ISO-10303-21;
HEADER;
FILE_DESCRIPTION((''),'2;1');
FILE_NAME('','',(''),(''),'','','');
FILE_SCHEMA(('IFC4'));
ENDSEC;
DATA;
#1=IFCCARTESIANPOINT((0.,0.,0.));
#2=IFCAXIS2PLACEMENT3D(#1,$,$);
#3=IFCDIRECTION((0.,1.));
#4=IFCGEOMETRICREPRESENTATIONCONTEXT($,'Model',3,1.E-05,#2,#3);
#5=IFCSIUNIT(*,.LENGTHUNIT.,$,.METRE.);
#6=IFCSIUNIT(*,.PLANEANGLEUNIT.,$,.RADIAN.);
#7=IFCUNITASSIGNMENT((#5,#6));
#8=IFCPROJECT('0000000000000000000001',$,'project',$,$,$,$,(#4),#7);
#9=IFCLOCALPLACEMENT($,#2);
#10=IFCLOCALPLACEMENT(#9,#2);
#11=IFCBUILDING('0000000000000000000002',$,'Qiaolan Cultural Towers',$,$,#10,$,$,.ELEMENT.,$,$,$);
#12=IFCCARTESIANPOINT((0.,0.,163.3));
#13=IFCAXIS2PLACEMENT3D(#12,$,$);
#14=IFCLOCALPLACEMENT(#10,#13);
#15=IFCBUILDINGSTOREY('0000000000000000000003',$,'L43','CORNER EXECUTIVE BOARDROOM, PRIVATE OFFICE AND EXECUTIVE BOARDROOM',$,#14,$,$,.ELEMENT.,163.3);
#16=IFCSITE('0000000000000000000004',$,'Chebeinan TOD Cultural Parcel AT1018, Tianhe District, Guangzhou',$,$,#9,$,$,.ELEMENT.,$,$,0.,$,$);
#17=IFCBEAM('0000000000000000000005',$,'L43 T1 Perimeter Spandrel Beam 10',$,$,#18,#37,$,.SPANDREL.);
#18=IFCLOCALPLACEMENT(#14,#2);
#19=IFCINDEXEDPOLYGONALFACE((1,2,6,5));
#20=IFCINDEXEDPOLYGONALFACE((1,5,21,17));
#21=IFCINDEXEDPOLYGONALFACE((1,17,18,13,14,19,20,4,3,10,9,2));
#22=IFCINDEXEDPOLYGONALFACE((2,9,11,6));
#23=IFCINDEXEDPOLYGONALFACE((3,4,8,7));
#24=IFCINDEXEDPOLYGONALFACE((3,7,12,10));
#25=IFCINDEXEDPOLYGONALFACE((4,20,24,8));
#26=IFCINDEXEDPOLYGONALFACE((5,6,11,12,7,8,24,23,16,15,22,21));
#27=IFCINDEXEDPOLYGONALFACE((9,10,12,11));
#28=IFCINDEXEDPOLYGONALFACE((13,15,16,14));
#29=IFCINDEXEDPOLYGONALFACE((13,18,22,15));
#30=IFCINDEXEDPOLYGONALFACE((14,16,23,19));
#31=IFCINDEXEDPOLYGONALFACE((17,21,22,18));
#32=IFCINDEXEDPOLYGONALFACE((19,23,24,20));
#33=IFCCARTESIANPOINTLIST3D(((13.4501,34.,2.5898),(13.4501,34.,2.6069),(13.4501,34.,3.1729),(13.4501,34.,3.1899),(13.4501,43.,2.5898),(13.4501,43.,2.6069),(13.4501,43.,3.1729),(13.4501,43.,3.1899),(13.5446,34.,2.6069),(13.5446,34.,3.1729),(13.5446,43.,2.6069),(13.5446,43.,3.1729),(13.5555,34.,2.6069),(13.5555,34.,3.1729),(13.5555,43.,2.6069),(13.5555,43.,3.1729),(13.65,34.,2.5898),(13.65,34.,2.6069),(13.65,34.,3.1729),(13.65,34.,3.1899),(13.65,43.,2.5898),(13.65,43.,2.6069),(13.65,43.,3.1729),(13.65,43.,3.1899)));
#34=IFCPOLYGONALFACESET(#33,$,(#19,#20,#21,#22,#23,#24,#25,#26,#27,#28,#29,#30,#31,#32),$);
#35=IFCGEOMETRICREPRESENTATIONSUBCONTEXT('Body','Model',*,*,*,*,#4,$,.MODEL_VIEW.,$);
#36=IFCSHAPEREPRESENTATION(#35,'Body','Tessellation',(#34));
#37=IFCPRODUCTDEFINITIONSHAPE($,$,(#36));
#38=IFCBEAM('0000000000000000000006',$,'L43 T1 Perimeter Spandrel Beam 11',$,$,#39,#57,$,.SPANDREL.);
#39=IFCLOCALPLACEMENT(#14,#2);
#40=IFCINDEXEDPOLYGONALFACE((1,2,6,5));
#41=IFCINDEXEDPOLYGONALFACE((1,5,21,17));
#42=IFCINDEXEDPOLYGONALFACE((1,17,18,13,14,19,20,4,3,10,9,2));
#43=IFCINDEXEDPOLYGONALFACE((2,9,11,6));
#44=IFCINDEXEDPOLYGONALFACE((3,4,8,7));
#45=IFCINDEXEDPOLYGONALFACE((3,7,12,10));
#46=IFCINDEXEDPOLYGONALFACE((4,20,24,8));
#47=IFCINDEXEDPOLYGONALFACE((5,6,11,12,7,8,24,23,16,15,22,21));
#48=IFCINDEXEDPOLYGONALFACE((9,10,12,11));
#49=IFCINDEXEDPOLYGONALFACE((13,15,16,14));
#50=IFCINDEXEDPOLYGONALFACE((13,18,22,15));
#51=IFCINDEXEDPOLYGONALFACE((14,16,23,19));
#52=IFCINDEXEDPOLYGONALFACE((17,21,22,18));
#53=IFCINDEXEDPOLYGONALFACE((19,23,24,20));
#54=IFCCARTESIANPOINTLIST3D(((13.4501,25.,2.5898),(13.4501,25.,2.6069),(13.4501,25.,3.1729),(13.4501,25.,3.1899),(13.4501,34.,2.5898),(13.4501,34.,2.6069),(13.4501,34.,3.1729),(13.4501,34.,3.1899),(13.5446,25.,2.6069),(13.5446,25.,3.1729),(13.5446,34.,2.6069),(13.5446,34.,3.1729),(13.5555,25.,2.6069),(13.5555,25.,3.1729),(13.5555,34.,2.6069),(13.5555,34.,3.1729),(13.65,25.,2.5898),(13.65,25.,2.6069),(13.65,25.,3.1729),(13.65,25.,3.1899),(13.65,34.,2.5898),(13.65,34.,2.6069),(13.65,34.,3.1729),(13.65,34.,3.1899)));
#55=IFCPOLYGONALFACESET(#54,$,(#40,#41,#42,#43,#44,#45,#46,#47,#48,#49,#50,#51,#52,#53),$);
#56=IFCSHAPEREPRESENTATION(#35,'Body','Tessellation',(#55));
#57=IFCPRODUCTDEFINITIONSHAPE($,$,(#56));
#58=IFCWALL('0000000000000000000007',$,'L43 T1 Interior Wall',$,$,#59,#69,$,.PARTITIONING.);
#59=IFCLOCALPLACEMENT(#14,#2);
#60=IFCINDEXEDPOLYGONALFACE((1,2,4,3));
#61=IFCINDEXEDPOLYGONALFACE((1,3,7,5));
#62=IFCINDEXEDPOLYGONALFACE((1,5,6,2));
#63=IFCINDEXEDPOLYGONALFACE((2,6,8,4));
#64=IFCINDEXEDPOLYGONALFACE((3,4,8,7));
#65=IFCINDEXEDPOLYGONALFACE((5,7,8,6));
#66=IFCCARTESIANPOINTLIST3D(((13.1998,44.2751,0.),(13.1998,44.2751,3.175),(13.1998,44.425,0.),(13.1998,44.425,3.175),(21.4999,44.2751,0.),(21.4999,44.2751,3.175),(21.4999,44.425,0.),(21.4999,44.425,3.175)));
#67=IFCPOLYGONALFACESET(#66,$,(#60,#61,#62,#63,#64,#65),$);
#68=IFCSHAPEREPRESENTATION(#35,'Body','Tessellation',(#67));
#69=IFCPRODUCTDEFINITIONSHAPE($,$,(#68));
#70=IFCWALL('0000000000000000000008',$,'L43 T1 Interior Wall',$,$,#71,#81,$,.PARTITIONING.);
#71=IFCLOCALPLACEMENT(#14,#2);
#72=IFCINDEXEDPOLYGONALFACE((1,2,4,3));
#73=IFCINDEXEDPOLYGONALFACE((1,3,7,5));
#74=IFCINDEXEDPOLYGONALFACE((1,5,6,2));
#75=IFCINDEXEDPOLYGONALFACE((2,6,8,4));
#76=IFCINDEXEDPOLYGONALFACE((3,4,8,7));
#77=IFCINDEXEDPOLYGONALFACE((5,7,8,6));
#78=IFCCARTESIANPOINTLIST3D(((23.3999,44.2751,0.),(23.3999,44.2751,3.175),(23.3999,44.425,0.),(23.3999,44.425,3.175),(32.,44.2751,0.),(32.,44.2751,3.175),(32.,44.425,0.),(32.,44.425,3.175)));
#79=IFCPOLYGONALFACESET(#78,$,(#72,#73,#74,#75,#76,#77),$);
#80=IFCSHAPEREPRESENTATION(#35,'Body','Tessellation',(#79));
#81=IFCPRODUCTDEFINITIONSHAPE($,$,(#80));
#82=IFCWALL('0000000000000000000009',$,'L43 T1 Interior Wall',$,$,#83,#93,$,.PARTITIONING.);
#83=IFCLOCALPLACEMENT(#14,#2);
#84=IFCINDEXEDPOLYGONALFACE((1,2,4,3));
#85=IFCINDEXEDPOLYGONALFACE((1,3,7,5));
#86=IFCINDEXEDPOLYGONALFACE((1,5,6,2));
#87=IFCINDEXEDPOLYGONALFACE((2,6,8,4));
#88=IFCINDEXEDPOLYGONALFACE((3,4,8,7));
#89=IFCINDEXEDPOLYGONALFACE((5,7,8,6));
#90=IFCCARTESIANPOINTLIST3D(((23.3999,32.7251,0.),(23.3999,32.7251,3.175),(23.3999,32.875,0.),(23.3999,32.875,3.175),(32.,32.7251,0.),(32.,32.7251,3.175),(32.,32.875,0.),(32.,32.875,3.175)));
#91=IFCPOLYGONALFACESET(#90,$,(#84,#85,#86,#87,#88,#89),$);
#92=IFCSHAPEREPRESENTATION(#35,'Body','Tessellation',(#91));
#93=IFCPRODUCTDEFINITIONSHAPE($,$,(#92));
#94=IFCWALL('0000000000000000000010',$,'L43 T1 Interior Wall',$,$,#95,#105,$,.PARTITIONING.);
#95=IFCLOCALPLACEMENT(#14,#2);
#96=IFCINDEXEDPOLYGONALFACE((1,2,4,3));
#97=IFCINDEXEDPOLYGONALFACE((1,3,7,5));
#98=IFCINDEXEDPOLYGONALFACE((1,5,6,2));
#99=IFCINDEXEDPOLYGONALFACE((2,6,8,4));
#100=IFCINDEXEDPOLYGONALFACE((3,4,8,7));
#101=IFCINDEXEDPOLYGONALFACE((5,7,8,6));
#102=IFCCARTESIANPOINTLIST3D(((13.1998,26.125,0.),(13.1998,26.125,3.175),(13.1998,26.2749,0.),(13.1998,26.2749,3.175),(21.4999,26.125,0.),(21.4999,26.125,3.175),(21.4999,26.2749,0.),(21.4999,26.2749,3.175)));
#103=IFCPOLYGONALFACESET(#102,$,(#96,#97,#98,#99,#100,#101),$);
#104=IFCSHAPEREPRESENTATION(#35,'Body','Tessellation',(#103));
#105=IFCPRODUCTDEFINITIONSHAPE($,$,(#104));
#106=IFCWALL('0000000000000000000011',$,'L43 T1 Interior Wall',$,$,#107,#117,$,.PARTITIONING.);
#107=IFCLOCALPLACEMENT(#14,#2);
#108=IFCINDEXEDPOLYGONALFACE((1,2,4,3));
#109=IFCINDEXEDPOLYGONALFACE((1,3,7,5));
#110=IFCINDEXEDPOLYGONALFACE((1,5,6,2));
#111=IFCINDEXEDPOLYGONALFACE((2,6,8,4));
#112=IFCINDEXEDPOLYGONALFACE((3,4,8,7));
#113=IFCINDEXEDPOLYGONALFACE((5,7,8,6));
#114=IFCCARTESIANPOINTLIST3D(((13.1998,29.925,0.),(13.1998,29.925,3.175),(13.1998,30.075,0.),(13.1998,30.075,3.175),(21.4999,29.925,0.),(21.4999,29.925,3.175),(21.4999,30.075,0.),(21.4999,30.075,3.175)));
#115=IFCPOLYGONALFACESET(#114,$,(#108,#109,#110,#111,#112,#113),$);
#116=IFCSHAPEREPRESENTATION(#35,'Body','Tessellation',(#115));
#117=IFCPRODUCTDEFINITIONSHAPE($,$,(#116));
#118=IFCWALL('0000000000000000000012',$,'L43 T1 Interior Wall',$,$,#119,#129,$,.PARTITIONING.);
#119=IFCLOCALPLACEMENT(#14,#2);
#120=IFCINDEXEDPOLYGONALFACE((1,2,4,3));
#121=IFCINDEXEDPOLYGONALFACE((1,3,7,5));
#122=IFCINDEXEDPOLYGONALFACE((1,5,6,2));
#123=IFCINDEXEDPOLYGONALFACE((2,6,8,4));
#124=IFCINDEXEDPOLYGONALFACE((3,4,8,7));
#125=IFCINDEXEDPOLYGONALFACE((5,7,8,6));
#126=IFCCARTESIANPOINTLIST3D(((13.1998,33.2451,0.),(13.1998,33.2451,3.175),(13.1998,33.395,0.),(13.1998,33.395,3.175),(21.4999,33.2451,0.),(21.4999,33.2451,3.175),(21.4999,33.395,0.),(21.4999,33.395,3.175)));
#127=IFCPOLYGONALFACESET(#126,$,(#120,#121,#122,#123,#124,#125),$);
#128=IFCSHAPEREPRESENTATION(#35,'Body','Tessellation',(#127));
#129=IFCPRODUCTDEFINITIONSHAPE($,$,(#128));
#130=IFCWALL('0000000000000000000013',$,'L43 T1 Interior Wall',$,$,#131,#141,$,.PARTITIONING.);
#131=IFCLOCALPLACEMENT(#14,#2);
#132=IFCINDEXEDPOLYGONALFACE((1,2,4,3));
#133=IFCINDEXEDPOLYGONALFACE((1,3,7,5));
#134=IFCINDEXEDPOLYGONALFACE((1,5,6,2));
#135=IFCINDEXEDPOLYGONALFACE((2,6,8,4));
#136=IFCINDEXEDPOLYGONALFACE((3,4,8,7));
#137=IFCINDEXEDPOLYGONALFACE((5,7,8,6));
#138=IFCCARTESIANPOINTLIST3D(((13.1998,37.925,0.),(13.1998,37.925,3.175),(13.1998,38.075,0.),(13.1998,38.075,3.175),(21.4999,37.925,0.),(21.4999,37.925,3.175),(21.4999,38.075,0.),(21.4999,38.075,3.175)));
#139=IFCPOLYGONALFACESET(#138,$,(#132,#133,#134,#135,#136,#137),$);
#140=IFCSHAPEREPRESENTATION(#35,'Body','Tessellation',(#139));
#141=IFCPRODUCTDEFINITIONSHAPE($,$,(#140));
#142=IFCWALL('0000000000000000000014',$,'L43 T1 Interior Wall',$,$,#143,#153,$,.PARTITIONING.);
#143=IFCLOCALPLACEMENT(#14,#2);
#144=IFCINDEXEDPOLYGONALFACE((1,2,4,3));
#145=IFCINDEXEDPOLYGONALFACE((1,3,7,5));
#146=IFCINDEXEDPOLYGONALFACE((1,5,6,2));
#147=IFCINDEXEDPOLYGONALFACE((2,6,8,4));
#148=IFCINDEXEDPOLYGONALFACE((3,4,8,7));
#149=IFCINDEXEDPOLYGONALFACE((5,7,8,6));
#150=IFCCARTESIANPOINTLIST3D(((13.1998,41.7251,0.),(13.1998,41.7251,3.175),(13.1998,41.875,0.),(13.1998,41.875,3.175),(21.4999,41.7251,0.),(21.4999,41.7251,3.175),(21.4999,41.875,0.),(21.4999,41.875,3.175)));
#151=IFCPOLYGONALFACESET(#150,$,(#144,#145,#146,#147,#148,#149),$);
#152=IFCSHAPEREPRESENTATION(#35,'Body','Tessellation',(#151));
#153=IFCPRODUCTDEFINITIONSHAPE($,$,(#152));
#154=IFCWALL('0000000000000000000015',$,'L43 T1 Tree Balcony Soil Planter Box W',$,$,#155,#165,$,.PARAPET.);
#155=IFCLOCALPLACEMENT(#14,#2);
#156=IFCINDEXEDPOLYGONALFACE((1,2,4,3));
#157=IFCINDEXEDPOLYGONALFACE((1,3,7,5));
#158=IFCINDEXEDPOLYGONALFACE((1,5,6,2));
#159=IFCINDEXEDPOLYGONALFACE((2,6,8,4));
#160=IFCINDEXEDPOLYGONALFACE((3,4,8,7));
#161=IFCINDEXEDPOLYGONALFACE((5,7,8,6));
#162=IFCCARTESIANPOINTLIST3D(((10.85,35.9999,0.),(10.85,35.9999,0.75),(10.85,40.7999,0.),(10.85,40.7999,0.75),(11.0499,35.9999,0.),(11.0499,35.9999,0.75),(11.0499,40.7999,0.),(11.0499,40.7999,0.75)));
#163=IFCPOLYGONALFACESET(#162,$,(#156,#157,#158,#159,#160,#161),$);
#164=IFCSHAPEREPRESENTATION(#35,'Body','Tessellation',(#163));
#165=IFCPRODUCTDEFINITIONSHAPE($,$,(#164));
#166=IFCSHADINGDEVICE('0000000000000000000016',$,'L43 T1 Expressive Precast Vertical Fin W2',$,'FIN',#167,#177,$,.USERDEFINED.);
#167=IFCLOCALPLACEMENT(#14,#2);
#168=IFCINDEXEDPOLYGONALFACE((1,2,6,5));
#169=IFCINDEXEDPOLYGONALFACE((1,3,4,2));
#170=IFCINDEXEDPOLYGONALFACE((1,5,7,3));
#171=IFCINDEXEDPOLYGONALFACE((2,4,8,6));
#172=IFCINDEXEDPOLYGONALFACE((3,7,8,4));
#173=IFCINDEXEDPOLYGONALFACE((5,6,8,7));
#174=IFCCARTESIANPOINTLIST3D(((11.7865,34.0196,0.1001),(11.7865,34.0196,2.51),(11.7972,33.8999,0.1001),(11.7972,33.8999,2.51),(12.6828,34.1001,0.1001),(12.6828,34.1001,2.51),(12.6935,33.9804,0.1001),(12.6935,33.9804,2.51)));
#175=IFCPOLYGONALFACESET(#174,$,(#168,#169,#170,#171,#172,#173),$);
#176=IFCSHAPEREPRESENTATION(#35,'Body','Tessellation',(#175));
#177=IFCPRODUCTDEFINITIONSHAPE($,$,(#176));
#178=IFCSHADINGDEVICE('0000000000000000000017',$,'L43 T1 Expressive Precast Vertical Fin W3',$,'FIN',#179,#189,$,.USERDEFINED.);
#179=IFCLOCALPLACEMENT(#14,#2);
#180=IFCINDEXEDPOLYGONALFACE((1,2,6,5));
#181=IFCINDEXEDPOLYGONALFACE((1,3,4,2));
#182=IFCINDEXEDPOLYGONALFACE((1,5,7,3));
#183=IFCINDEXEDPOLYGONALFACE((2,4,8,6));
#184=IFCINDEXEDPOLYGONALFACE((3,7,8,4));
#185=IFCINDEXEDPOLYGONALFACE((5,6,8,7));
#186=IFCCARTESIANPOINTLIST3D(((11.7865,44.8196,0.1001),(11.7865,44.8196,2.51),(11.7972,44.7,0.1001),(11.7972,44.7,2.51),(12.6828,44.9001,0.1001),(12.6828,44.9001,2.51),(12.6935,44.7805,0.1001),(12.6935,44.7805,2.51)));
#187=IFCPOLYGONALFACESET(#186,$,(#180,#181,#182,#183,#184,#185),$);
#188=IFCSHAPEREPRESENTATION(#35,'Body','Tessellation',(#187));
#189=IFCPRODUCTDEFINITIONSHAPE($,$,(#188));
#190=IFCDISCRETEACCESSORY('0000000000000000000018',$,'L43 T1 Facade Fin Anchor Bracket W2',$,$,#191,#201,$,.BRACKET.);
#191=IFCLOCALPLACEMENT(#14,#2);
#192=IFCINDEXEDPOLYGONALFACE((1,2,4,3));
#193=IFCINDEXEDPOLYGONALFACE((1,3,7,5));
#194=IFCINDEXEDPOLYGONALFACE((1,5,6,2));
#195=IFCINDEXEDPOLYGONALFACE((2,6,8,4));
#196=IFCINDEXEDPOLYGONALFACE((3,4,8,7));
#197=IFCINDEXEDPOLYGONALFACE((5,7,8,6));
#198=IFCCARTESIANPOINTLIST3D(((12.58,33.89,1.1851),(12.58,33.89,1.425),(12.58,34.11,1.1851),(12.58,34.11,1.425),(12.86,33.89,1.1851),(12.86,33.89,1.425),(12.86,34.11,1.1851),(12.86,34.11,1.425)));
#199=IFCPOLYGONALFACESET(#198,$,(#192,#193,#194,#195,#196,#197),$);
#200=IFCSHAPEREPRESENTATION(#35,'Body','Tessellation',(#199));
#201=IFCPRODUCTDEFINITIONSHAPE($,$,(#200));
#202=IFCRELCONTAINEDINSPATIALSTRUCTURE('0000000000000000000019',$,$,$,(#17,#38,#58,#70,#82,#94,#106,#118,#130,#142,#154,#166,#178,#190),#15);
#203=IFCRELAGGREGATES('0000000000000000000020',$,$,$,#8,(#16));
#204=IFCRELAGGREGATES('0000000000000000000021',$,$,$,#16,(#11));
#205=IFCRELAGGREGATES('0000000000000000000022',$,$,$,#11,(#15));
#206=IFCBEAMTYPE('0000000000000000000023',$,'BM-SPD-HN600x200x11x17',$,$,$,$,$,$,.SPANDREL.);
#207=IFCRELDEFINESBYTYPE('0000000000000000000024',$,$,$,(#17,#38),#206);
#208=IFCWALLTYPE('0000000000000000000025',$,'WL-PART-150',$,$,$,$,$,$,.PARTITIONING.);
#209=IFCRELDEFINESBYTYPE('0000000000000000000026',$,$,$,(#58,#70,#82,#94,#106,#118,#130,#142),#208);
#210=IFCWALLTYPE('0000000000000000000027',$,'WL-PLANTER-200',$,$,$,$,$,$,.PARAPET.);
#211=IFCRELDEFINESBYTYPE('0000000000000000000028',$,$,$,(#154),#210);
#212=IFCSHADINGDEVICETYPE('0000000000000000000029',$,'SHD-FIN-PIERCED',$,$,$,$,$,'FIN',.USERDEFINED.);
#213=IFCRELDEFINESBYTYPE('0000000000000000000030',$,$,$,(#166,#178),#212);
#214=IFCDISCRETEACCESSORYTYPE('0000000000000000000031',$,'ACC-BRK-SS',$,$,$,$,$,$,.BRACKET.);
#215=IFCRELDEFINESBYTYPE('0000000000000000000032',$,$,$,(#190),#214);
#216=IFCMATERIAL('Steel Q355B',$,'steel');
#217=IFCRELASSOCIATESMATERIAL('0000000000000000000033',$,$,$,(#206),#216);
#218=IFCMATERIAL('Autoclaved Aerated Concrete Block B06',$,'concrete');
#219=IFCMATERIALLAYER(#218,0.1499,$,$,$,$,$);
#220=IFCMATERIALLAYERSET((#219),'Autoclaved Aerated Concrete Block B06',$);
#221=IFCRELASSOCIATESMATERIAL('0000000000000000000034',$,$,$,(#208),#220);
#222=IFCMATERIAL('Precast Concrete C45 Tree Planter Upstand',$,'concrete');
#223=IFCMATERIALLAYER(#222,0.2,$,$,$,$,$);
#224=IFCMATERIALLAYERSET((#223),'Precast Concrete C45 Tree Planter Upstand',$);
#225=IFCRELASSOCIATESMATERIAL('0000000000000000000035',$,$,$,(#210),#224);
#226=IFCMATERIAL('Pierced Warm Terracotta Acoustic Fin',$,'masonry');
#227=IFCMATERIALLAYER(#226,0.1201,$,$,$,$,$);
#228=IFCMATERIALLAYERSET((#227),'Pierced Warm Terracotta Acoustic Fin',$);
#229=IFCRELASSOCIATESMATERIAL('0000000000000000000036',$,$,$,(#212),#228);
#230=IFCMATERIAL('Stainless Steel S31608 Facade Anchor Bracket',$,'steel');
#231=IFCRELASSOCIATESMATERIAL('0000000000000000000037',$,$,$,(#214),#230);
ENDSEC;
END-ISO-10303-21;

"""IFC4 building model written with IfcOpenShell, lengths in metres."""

from ifc_helpers import new_model, si_unit, direction, frame, frame_2d, origin, origin_2d, place, context, subcontext, project, spatial, rectangle, i_section, extrude, material, layer, layer_set, material_profile, profile_set, type_object, element, save


model = new_model("IFC4")

# Units and contexts
model_context = context("Model", 3, precision=1e-05, world=origin(), true_north=direction((0.0, 1.0)))
body_context = subcontext(model_context, "Body", "Model", "MODEL_VIEW")
ifc_project = project(units=[si_unit("LENGTHUNIT", "METRE"), si_unit("PLANEANGLEUNIT", "RADIAN")], contexts=[model_context])

# Site, building, storey
site_placement = place(None, origin())
site = spatial("IfcSite", under=ifc_project, at=site_placement, Name="Chebeinan TOD Cultural Parcel AT1018, Tianhe District, Guangzhou", CompositionType="ELEMENT", RefElevation=0.0)
building_placement = place(site_placement, origin())
building = spatial("IfcBuilding", under=site, at=building_placement, Name="Qiaolan Cultural Towers", CompositionType="ELEMENT")
storey_placement = place(building_placement, frame((0.0, 0.0, 163.3)))
storey = spatial("IfcBuildingStorey", under=building, at=storey_placement, Name="L43", Description="CORNER EXECUTIVE BOARDROOM, PRIVATE OFFICE AND EXECUTIVE BOARDROOM", CompositionType="ELEMENT", Elevation=163.3)

# Beams
ifc_material_1 = material(Name="Steel Q355B", Category="steel")
ifc_material_profile_1 = material_profile(ifc_material_1, i_section(OverallWidth=0.2, OverallDepth=0.6001, WebThickness=0.011, FlangeThickness=0.0171, at=origin_2d()), Name="HN600x200x11x17")
ifc_profile_set_1 = profile_set([ifc_material_profile_1], Name="Steel Q355B")
beam_type_1 = type_object("IfcBeamType", Name="BM-SPD-HN600x200x11x17", PredefinedType="SPANDREL", material=ifc_profile_set_1)
for number, where, z_axis, x_axis, name in (
    (1, (13.55, 43.0, 2.8899), (0.0, -1.0, 0.0), (1.0, 0.0, 0.0), "L43 T1 Perimeter Spandrel Beam 10"),
    (2, (13.55, 34.0, 2.8899), (0.0, -1.0, 0.0), (1.0, 0.0, 0.0), "L43 T1 Perimeter Spandrel Beam 11"),
):
    element("IfcBeam", number, at=place(storey_placement, frame(where, z_axis=z_axis, x_axis=x_axis)), inside=storey, type_object=beam_type_1, Name=name, PredefinedType="SPANDREL", context=body_context, shape_type="SweptSolid", body=[
        extrude(i_section(OverallWidth=0.2, OverallDepth=0.6001, WebThickness=0.011, FlangeThickness=0.0171, at=origin_2d()), origin(), (0.0, 0.0, 1.0), 9.0),
    ])

# Walls
ifc_material_2 = material(Name="Autoclaved Aerated Concrete Block B06", Category="concrete")
ifc_layer_1 = layer(ifc_material_2, 0.1499)
ifc_layer_set_1 = layer_set([ifc_layer_1], Name="Autoclaved Aerated Concrete Block B06")
wall_type_1 = type_object("IfcWallType", Name="WL-PART-150", PredefinedType="PARTITIONING", material=ifc_layer_set_1)
wall_1_placement = place(storey_placement, frame((13.2, 44.3501, 0.0), z_axis=(0.0, 0.0, 1.0), x_axis=(1.0, 0.0, 0.0)))
element("IfcWall", 3, at=wall_1_placement, inside=storey, type_object=wall_type_1, Name="L43 T1 Interior Wall", PredefinedType="PARTITIONING", context=body_context, shape_type="SweptSolid", body=[
    extrude(rectangle(XDim=8.3, YDim=0.1499, at=frame_2d((4.1499, 0.0))), origin(), (0.0, 0.0, 1.0), 3.175),
])
for number, where, z_axis, x_axis, name in (
    (4, (23.3999, 44.3501, 0.0), (0.0, 0.0, 1.0), (1.0, 0.0, 0.0), "L43 T1 Interior Wall"),
    (5, (23.3999, 32.8, 0.0), (0.0, 0.0, 1.0), (1.0, 0.0, 0.0), "L43 T1 Interior Wall"),
):
    element("IfcWall", number, at=place(storey_placement, frame(where, z_axis=z_axis, x_axis=x_axis)), inside=storey, type_object=wall_type_1, Name=name, PredefinedType="PARTITIONING", context=body_context, shape_type="SweptSolid", body=[
        extrude(rectangle(XDim=8.6001, YDim=0.1499, at=frame_2d((4.3, 0.0))), origin(), (0.0, 0.0, 1.0), 3.175),
    ])
for number, where, z_axis, x_axis, name in (
    (6, (13.2, 26.2, 0.0), (0.0, 0.0, 1.0), (1.0, 0.0, 0.0), "L43 T1 Interior Wall"),
    (7, (13.2, 30.0, 0.0), (0.0, 0.0, 1.0), (1.0, 0.0, 0.0), "L43 T1 Interior Wall"),
    (8, (13.2, 33.3201, 0.0), (0.0, 0.0, 1.0), (1.0, 0.0, 0.0), "L43 T1 Interior Wall"),
    (9, (13.2, 38.0, 0.0), (0.0, 0.0, 1.0), (1.0, 0.0, 0.0), "L43 T1 Interior Wall"),
    (10, (13.2, 41.8, 0.0), (0.0, 0.0, 1.0), (1.0, 0.0, 0.0), "L43 T1 Interior Wall"),
):
    element("IfcWall", number, at=place(storey_placement, frame(where, z_axis=z_axis, x_axis=x_axis)), inside=storey, type_object=wall_type_1, Name=name, PredefinedType="PARTITIONING", context=body_context, shape_type="SweptSolid", body=[
        extrude(rectangle(XDim=8.3, YDim=0.1499, at=frame_2d((4.1499, 0.0))), origin(), (0.0, 0.0, 1.0), 3.175),
    ])
ifc_material_3 = material(Name="Precast Concrete C45 Tree Planter Upstand", Category="concrete")
ifc_layer_2 = layer(ifc_material_3, 0.2)
ifc_layer_set_2 = layer_set([ifc_layer_2], Name="Precast Concrete C45 Tree Planter Upstand")
wall_type_2 = type_object("IfcWallType", Name="WL-PLANTER-200", PredefinedType="PARAPET", material=ifc_layer_set_2)
wall_2_placement = place(storey_placement, frame((10.95, 36.0, 0.0), z_axis=(0.0, 0.0, 1.0), x_axis=(0.0, 1.0, 0.0)))
element("IfcWall", 11, at=wall_2_placement, inside=storey, type_object=wall_type_2, Name="L43 T1 Tree Balcony Soil Planter Box W", PredefinedType="PARAPET", context=body_context, shape_type="SweptSolid", body=[
    extrude(rectangle(XDim=4.8, YDim=0.2, at=frame_2d((2.3999, 0.0))), origin(), (0.0, 0.0, 1.0), 0.75),
])

# Shading devices
ifc_material_4 = material(Name="Pierced Warm Terracotta Acoustic Fin", Category="masonry")
ifc_layer_3 = layer(ifc_material_4, 0.1201)
ifc_layer_set_3 = layer_set([ifc_layer_3], Name="Pierced Warm Terracotta Acoustic Fin")
shading_device_type = type_object("IfcShadingDeviceType", Name="SHD-FIN-PIERCED", ElementType="FIN", PredefinedType="USERDEFINED", material=ifc_layer_set_3)
for number, where, z_axis, x_axis, name in (
    (12, (12.24, 34.0, 0.1001), (0.0, 0.0, 1.0), (0.995994, 0.089421, 0.0), "L43 T1 Expressive Precast Vertical Fin W2"),
    (13, (12.24, 44.8, 0.1001), (0.0, 0.0, 1.0), (0.995994, 0.089421, 0.0), "L43 T1 Expressive Precast Vertical Fin W3"),
):
    element("IfcShadingDevice", number, at=place(storey_placement, frame(where, z_axis=z_axis, x_axis=x_axis)), inside=storey, type_object=shading_device_type, Name=name, ObjectType="FIN", PredefinedType="USERDEFINED", context=body_context, shape_type="SweptSolid", body=[
        extrude(rectangle(XDim=0.8999, YDim=0.1201, at=origin_2d()), origin(), (0.0, 0.0, 1.0), 2.4099),
    ])

# Discrete accessory
ifc_material_5 = material(Name="Stainless Steel S31608 Facade Anchor Bracket", Category="steel")
discrete_accessory_type = type_object("IfcDiscreteAccessoryType", Name="ACC-BRK-SS", PredefinedType="BRACKET", material=ifc_material_5)
discrete_accessory_placement = place(storey_placement, frame((12.72, 34.0, 1.1851), z_axis=(0.0, 0.0, 1.0), x_axis=(1.0, 0.0, 0.0)))
element("IfcDiscreteAccessory", 14, at=discrete_accessory_placement, inside=storey, type_object=discrete_accessory_type, Name="L43 T1 Facade Fin Anchor Bracket W2", PredefinedType="BRACKET", context=body_context, shape_type="SweptSolid", body=[
    extrude(rectangle(XDim=0.28, YDim=0.22, at=origin_2d()), origin(), (0.0, 0.0, 1.0), 0.24),
])

save(model, "model.ifc")
